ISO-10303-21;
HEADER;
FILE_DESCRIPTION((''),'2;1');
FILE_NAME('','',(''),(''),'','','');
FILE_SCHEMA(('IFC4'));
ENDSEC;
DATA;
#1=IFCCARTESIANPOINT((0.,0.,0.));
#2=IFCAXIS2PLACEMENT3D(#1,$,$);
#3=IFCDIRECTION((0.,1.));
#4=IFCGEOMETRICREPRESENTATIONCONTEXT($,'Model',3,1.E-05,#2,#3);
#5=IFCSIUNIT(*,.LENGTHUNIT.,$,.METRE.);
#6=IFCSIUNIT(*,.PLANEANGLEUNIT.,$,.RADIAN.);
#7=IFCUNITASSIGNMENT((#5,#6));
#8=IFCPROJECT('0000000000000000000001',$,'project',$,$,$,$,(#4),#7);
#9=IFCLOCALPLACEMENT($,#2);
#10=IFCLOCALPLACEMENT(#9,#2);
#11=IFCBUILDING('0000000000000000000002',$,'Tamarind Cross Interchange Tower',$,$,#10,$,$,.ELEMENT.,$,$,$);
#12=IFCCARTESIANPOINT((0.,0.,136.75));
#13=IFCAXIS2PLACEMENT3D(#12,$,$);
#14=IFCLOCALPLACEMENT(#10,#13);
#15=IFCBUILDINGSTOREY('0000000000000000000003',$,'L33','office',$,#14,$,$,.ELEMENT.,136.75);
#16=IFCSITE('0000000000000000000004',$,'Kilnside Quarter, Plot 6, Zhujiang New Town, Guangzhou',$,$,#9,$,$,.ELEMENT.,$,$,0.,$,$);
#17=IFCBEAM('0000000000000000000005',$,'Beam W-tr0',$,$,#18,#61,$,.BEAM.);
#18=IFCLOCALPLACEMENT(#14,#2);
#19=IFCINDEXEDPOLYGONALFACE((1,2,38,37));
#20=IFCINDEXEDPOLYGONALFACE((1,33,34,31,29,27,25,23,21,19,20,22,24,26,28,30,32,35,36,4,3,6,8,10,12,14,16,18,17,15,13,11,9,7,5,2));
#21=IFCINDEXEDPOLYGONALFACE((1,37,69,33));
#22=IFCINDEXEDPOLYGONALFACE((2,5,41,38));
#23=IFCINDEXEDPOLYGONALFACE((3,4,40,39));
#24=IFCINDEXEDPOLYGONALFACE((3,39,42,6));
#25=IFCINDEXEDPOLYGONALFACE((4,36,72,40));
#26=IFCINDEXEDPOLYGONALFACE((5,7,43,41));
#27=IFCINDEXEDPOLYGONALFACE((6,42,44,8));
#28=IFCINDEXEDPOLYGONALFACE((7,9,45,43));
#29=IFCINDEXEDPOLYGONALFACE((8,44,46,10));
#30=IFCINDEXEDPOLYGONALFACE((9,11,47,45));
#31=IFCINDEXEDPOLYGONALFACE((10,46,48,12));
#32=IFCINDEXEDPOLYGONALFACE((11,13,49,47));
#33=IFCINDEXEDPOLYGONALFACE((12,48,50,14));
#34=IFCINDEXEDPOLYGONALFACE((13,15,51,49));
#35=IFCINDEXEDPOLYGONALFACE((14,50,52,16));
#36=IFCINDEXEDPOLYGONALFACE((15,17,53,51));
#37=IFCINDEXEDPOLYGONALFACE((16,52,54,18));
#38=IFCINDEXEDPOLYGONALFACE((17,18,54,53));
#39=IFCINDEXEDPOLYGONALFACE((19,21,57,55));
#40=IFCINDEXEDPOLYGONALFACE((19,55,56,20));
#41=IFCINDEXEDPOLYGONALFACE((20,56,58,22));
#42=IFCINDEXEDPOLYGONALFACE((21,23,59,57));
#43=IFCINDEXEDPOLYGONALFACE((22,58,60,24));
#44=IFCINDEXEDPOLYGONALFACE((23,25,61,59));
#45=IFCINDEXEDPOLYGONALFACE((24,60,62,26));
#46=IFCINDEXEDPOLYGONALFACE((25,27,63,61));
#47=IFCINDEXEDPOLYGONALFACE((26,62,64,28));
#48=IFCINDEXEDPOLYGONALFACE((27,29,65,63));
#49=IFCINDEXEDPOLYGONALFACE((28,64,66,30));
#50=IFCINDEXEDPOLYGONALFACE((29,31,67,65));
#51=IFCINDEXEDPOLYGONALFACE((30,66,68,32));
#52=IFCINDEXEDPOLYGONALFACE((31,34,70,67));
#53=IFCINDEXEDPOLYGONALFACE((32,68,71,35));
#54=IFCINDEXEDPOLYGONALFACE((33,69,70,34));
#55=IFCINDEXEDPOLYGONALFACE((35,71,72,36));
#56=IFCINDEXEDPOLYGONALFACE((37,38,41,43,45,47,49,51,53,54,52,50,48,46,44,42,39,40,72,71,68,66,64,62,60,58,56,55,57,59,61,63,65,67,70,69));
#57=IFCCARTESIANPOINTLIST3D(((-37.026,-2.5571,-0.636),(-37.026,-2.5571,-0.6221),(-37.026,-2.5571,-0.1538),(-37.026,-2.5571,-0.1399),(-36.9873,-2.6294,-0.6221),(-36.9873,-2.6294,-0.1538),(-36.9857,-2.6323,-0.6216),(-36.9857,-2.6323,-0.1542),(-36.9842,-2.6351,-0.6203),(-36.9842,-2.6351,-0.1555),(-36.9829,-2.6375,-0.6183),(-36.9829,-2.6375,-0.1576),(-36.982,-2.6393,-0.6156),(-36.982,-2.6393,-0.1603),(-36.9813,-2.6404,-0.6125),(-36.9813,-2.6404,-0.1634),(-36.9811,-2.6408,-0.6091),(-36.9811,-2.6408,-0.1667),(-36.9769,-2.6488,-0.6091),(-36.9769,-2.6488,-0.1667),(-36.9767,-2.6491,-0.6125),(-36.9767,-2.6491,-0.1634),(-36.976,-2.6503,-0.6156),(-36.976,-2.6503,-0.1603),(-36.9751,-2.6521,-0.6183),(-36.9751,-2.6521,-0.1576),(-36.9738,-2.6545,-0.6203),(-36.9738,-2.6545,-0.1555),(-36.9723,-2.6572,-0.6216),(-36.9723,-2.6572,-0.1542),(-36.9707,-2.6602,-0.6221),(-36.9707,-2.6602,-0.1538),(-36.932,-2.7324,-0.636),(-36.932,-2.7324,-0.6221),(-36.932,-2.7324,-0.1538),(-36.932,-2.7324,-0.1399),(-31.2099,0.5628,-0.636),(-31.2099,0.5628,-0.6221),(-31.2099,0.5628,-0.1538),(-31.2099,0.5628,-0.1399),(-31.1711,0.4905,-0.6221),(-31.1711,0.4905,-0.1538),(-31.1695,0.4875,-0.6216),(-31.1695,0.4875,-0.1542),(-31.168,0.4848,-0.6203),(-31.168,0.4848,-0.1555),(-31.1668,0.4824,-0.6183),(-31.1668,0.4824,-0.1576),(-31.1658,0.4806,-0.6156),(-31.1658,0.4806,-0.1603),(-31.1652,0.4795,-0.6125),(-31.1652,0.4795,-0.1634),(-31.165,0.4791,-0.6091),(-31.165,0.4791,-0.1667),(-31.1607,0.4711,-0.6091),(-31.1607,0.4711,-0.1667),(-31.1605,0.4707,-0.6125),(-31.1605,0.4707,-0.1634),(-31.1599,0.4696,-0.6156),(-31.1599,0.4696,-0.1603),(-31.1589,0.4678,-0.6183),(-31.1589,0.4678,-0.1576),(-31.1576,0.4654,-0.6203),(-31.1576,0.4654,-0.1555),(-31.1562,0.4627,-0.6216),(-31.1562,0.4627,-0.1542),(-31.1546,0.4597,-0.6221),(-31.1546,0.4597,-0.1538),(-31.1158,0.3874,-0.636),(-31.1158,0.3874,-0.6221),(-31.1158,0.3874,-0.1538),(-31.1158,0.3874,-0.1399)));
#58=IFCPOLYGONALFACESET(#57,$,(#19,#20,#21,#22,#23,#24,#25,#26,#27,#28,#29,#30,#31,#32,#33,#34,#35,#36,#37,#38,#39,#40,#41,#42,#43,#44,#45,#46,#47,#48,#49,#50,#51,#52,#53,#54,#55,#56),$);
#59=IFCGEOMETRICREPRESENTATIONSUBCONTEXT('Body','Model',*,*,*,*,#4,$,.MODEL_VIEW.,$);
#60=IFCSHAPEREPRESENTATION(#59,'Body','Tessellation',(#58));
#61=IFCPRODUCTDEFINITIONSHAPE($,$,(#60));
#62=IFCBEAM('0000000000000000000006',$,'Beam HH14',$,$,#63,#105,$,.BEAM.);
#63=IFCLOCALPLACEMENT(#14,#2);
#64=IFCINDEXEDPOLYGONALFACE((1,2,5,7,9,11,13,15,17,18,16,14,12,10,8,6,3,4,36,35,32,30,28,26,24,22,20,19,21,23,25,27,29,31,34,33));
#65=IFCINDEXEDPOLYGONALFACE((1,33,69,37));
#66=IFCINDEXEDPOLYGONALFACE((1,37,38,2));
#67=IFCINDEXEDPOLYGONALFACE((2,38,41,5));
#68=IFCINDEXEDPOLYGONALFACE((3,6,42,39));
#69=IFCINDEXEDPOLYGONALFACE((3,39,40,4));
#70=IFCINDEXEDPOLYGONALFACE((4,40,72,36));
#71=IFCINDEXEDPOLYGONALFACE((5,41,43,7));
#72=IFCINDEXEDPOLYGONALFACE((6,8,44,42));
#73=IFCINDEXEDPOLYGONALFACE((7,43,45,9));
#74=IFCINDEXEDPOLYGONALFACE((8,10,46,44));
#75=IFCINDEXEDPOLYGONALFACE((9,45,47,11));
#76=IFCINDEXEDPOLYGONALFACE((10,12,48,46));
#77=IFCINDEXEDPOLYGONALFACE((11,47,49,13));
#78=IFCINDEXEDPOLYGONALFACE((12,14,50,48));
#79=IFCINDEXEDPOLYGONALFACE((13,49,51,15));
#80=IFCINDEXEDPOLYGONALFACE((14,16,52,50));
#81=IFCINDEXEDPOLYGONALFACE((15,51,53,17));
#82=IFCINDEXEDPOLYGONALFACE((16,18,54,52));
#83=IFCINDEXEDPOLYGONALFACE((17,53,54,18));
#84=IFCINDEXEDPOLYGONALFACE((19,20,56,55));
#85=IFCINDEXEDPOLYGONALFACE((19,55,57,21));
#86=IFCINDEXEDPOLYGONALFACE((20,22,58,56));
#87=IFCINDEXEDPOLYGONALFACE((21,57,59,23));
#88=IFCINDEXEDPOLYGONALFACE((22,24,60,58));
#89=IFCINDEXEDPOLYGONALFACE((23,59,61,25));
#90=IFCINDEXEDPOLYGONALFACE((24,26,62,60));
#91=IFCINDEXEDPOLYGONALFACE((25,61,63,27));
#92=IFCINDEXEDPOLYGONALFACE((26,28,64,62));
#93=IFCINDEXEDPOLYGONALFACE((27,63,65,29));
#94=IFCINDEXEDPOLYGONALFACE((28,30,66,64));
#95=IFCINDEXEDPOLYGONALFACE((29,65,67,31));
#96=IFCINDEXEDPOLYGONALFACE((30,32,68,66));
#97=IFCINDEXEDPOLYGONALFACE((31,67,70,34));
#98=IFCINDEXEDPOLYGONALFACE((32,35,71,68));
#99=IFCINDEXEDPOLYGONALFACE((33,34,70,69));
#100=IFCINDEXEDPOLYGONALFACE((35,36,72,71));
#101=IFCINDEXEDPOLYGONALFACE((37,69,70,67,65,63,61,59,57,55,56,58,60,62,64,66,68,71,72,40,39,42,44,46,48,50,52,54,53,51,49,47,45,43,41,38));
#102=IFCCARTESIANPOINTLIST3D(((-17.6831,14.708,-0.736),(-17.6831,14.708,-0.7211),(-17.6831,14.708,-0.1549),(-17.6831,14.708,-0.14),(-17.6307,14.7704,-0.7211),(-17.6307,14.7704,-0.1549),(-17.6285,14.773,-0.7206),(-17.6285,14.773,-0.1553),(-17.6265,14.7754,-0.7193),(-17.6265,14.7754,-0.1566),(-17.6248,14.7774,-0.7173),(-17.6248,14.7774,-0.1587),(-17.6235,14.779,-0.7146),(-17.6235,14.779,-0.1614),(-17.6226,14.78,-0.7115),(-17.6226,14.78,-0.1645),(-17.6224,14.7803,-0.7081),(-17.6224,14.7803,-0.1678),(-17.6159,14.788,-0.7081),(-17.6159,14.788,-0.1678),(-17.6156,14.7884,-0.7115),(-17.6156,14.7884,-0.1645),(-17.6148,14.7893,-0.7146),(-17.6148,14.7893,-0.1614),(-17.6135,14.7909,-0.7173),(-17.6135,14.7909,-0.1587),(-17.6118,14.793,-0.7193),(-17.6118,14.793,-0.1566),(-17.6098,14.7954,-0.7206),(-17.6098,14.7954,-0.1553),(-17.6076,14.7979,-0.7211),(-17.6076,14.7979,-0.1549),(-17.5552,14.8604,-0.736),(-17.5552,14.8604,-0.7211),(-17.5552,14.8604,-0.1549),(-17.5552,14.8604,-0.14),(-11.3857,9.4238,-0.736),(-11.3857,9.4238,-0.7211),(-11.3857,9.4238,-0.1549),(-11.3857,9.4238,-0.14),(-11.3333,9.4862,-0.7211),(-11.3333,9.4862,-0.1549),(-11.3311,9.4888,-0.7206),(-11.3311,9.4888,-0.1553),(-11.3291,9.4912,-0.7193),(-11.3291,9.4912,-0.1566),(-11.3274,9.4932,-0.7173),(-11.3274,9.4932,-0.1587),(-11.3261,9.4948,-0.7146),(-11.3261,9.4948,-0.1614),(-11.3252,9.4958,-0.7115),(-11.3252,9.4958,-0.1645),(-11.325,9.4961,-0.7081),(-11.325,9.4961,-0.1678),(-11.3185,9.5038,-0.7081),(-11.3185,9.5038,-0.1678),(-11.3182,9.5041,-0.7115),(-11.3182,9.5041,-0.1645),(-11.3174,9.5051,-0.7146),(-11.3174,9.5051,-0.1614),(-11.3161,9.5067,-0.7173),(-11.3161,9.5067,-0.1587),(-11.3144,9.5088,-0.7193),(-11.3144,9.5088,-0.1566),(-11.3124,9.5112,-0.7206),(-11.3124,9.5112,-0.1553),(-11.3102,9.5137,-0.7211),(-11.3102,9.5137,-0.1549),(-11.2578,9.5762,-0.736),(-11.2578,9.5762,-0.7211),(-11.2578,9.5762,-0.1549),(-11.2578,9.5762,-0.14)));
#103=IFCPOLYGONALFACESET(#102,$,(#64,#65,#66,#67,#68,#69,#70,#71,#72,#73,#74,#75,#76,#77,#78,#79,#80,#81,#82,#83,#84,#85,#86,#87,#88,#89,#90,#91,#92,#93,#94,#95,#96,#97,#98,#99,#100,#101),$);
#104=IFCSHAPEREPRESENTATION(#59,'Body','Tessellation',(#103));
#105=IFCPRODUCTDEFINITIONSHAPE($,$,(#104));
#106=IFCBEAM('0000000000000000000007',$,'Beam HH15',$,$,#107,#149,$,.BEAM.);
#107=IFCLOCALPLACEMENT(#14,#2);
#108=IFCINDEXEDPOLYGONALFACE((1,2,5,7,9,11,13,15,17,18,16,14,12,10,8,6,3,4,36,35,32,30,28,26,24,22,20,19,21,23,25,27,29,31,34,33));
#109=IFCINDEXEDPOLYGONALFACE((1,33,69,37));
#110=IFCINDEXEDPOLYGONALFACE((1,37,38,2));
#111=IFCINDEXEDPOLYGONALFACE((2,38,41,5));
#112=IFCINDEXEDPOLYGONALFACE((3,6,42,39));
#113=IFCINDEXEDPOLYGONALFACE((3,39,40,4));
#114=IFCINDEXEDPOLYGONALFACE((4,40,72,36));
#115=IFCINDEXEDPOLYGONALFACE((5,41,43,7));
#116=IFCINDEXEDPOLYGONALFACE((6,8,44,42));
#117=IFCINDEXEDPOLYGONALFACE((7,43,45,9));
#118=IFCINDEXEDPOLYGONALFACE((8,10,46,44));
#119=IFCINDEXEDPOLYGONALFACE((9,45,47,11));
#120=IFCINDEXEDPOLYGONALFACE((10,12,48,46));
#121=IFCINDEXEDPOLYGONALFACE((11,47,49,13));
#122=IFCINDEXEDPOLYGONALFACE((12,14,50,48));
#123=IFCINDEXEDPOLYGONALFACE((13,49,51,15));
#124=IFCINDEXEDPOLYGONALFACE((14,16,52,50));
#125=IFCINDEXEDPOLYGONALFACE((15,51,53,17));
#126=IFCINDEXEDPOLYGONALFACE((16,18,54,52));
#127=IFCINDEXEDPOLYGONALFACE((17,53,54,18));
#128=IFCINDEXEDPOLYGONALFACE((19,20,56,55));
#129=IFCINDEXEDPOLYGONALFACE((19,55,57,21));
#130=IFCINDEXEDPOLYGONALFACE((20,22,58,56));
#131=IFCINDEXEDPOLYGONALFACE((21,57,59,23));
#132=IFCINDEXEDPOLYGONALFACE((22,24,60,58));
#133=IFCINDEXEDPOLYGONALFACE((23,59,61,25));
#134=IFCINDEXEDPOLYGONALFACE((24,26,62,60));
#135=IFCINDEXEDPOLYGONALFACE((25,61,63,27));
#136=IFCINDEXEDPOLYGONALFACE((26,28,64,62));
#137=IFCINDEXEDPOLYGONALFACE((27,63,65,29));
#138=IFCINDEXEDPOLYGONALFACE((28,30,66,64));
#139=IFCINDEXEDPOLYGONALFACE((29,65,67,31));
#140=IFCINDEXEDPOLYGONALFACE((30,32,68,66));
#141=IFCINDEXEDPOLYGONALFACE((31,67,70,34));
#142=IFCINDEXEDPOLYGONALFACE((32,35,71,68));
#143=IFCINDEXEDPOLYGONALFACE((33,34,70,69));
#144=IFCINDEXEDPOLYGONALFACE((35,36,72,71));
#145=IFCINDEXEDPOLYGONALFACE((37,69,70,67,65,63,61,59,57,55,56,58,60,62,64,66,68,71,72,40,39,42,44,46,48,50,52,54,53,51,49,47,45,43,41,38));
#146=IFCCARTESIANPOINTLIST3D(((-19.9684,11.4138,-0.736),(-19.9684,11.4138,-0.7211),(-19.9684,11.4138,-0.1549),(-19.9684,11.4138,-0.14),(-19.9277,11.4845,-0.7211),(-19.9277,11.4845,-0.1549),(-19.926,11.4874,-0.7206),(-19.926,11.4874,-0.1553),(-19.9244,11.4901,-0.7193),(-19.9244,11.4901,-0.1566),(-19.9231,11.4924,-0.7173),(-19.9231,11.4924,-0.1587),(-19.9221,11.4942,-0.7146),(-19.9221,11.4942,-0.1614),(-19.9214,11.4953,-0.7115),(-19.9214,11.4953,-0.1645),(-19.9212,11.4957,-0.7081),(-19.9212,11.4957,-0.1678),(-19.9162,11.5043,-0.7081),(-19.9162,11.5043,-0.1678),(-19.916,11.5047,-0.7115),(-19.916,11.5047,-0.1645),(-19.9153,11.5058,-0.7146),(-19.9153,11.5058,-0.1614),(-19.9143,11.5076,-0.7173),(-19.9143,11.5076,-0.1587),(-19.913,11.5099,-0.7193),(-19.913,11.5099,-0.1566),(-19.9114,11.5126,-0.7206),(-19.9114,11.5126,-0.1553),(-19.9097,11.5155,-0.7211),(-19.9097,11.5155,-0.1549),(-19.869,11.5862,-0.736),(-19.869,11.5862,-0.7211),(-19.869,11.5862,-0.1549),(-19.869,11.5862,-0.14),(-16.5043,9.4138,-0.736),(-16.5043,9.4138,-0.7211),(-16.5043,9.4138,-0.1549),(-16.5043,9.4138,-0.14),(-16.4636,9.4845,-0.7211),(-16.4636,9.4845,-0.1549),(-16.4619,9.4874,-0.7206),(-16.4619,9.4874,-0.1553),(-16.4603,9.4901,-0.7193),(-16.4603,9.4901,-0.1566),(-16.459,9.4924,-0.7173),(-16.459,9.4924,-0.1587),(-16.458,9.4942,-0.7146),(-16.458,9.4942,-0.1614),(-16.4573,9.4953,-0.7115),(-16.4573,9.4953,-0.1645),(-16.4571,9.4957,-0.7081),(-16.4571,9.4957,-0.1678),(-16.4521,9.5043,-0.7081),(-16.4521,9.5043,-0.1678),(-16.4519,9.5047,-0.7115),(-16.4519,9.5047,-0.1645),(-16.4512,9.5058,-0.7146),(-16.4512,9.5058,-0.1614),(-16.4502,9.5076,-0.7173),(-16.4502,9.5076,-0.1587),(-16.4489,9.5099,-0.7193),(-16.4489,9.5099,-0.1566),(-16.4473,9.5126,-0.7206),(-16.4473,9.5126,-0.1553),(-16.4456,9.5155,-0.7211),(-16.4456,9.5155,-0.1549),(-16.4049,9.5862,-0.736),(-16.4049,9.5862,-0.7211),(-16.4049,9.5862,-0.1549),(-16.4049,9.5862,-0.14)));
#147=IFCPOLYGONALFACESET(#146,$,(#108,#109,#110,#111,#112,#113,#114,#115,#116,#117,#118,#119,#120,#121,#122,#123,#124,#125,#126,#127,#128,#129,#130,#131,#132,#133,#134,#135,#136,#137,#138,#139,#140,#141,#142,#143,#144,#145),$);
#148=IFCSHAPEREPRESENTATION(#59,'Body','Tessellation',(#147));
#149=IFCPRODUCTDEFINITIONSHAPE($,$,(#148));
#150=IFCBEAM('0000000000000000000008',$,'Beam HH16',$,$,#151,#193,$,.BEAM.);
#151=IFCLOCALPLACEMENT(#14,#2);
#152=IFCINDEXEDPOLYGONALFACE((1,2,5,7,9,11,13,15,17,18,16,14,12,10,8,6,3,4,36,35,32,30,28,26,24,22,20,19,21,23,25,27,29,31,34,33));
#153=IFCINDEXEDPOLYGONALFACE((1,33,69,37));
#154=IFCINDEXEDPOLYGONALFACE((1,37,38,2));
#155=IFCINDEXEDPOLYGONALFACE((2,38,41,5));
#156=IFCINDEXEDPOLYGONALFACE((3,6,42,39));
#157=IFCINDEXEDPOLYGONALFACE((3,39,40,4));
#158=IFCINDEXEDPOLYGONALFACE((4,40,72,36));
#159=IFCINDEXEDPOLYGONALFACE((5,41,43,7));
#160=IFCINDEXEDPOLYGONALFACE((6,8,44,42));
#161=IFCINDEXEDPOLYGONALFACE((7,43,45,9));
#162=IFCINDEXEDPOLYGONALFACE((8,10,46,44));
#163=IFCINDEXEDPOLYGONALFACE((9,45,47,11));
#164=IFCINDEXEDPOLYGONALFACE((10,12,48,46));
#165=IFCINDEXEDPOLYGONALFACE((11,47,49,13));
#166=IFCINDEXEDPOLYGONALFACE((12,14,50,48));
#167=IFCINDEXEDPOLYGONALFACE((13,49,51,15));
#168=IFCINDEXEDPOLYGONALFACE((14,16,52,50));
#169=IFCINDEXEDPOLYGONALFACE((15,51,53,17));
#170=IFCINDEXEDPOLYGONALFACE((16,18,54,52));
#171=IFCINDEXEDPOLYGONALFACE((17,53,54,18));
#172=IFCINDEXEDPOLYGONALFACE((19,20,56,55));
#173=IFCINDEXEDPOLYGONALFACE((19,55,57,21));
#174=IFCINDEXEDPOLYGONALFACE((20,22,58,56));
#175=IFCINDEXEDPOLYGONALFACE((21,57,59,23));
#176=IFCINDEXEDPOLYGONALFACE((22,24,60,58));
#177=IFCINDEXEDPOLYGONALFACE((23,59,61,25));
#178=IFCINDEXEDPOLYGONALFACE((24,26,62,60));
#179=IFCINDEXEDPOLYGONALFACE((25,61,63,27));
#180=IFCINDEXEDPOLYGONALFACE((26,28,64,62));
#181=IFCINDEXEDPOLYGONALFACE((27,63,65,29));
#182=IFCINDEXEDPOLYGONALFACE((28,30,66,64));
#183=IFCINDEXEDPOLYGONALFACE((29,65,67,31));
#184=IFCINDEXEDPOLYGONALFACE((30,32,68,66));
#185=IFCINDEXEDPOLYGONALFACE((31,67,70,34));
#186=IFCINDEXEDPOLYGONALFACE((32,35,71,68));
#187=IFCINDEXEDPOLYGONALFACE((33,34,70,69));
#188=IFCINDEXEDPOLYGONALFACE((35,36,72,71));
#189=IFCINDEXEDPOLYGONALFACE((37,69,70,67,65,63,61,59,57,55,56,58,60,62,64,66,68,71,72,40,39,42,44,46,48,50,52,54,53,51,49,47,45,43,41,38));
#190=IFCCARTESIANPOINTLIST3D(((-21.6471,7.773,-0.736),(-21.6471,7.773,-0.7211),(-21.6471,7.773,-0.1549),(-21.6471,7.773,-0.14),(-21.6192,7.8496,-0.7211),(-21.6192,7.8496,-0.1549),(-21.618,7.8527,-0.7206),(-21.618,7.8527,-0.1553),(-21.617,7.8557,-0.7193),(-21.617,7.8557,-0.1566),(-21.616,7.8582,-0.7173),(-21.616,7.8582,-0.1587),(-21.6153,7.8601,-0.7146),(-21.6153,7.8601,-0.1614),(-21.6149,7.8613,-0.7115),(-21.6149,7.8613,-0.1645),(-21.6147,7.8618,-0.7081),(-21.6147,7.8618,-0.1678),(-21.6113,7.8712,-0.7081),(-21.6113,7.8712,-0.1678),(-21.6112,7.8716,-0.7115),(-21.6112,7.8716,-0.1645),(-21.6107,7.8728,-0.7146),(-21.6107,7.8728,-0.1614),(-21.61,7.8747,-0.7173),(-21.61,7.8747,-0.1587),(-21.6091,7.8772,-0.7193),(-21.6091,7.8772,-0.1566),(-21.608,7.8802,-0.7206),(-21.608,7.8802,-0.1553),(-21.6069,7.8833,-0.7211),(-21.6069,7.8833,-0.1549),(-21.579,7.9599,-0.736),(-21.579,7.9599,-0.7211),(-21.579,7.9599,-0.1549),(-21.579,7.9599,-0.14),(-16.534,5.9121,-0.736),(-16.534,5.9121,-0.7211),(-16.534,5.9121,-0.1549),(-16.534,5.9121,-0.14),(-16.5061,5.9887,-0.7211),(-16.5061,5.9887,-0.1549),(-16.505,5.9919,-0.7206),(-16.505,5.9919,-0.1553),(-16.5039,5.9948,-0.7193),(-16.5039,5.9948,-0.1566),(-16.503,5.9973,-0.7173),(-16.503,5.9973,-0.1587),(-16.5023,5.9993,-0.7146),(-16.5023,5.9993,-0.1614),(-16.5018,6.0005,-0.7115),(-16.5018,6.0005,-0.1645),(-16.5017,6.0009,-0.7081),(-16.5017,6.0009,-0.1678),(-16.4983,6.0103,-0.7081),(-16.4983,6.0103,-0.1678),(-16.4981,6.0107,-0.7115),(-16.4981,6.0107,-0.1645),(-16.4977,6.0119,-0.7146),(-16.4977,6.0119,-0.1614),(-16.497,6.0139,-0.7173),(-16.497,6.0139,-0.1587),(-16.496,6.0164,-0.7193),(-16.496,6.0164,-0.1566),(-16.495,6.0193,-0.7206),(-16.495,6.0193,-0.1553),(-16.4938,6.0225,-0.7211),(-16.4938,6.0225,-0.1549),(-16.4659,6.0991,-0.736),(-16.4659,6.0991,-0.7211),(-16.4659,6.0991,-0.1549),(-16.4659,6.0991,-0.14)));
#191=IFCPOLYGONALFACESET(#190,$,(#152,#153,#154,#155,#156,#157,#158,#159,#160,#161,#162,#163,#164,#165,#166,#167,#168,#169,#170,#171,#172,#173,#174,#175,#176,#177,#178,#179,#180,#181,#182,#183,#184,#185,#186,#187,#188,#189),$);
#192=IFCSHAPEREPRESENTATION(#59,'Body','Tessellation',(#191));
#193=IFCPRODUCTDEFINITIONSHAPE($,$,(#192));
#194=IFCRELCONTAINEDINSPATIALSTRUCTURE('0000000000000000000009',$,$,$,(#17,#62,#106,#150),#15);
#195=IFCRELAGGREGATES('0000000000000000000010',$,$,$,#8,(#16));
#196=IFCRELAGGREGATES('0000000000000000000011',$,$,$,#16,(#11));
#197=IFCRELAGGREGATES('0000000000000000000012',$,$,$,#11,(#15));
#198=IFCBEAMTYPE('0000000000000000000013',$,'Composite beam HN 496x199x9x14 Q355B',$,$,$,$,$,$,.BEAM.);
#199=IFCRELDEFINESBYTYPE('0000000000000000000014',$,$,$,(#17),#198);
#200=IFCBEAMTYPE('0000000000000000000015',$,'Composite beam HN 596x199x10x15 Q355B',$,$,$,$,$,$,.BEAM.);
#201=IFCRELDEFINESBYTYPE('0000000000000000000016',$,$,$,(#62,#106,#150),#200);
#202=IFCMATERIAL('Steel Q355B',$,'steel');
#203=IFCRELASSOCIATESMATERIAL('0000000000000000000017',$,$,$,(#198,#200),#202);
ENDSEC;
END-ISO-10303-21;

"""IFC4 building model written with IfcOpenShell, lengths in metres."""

from ifc_helpers import new_model, si_unit, direction, frame, origin, origin_2d, place, context, subcontext, project, spatial, i_section, extrude, material, material_profile, profile_set, type_object, element, save


model = new_model("IFC4")

# Units and contexts
model_context = context("Model", 3, precision=1e-05, world=origin(), true_north=direction((0.0, 1.0)))
body_context = subcontext(model_context, "Body", "Model", "MODEL_VIEW")
ifc_project = project(units=[si_unit("LENGTHUNIT", "METRE"), si_unit("PLANEANGLEUNIT", "RADIAN")], contexts=[model_context])

# Site, building, storey
site_placement = place(None, origin())
site = spatial("IfcSite", under=ifc_project, at=site_placement, Name="Kilnside Quarter, Plot 6, Zhujiang New Town, Guangzhou", CompositionType="ELEMENT", RefElevation=0.0)
building_placement = place(site_placement, origin())
building = spatial("IfcBuilding", under=site, at=building_placement, Name="Tamarind Cross Interchange Tower", CompositionType="ELEMENT")
storey_placement = place(building_placement, frame((0.0, 0.0, 136.75)))
storey = spatial("IfcBuildingStorey", under=building, at=storey_placement, Name="L33", Description="office", CompositionType="ELEMENT", Elevation=136.75)

# Beams
ifc_material_1 = material(Name="Steel Q355B", Category="steel")
ifc_material_profile_1 = material_profile(ifc_material_1, i_section(OverallWidth=0.199, OverallDepth=0.4961, WebThickness=0.009, FlangeThickness=0.0139, FilletRadius=0.0129, at=origin_2d()), Name="HN 496x199x9x14")
ifc_profile_set_1 = profile_set([ifc_material_profile_1], Name="Steel Q355B")
beam_type_1 = type_object("IfcBeamType", Name="Composite beam HN 496x199x9x14 Q355B", PredefinedType="BEAM", material=ifc_profile_set_1)
beam_1_placement = place(storey_placement, frame((-31.1628, 0.4751, -0.3879), z_axis=(-0.881223, -0.472701, 0.0), x_axis=(0.472701, -0.881223, 0.0)))
element("IfcBeam", 1, at=beam_1_placement, inside=storey, type_object=beam_type_1, Name="Beam W-tr0", PredefinedType="BEAM", context=body_context, shape_type="SweptSolid", body=[
    extrude(i_section(OverallWidth=0.199, OverallDepth=0.4961, WebThickness=0.009, FlangeThickness=0.0139, FilletRadius=0.0129, at=origin_2d()), origin(), (0.0, 0.0, 1.0), 6.6001),
])
ifc_material_profile_2 = material_profile(ifc_material_1, i_section(OverallWidth=0.199, OverallDepth=0.5959, WebThickness=0.01, FlangeThickness=0.0149, FilletRadius=0.0129, at=origin_2d()), Name="HN 596x199x10x15")
ifc_profile_set_2 = profile_set([ifc_material_profile_2], Name="Steel Q355B")
beam_type_2 = type_object("IfcBeamType", Name="Composite beam HN 596x199x10x15 Q355B", PredefinedType="BEAM", material=ifc_profile_set_2)
beam_2_placement = place(storey_placement, frame((-17.6191, 14.7842, -0.438), z_axis=(0.766041, -0.642792, 0.0), x_axis=(0.642792, 0.766041, 0.0)))
element("IfcBeam", 2, at=beam_2_placement, inside=storey, type_object=beam_type_2, Name="Beam HH14", PredefinedType="BEAM", context=body_context, shape_type="SweptSolid", body=[
    extrude(i_section(OverallWidth=0.199, OverallDepth=0.5959, WebThickness=0.01, FlangeThickness=0.0149, FilletRadius=0.0129, at=origin_2d()), origin(), (0.0, 0.0, 1.0), 8.2207),
])
beam_3_placement = place(storey_placement, frame((-19.9187, 11.5, -0.438), z_axis=(0.866026, -0.499999, 0.0), x_axis=(0.499999, 0.866026, 0.0)))
element("IfcBeam", 3, at=beam_3_placement, inside=storey, type_object=beam_type_2, Name="Beam HH15", PredefinedType="BEAM", context=body_context, shape_type="SweptSolid", body=[
    extrude(i_section(OverallWidth=0.199, OverallDepth=0.5959, WebThickness=0.01, FlangeThickness=0.0149, FilletRadius=0.0129, at=origin_2d()), origin(), (0.0, 0.0, 1.0), 4.0),
])
beam_4_placement = place(storey_placement, frame((-21.613, 7.8665, -0.438), z_axis=(0.939702, -0.341995, 0.0), x_axis=(0.341995, 0.939702, 0.0)))
element("IfcBeam", 4, at=beam_4_placement, inside=storey, type_object=beam_type_2, Name="Beam HH16", PredefinedType="BEAM", context=body_context, shape_type="SweptSolid", body=[
    extrude(i_section(OverallWidth=0.199, OverallDepth=0.5959, WebThickness=0.01, FlangeThickness=0.0149, FilletRadius=0.0129, at=origin_2d()), origin(), (0.0, 0.0, 1.0), 5.4412),
])

save(model, "model.ifc")
